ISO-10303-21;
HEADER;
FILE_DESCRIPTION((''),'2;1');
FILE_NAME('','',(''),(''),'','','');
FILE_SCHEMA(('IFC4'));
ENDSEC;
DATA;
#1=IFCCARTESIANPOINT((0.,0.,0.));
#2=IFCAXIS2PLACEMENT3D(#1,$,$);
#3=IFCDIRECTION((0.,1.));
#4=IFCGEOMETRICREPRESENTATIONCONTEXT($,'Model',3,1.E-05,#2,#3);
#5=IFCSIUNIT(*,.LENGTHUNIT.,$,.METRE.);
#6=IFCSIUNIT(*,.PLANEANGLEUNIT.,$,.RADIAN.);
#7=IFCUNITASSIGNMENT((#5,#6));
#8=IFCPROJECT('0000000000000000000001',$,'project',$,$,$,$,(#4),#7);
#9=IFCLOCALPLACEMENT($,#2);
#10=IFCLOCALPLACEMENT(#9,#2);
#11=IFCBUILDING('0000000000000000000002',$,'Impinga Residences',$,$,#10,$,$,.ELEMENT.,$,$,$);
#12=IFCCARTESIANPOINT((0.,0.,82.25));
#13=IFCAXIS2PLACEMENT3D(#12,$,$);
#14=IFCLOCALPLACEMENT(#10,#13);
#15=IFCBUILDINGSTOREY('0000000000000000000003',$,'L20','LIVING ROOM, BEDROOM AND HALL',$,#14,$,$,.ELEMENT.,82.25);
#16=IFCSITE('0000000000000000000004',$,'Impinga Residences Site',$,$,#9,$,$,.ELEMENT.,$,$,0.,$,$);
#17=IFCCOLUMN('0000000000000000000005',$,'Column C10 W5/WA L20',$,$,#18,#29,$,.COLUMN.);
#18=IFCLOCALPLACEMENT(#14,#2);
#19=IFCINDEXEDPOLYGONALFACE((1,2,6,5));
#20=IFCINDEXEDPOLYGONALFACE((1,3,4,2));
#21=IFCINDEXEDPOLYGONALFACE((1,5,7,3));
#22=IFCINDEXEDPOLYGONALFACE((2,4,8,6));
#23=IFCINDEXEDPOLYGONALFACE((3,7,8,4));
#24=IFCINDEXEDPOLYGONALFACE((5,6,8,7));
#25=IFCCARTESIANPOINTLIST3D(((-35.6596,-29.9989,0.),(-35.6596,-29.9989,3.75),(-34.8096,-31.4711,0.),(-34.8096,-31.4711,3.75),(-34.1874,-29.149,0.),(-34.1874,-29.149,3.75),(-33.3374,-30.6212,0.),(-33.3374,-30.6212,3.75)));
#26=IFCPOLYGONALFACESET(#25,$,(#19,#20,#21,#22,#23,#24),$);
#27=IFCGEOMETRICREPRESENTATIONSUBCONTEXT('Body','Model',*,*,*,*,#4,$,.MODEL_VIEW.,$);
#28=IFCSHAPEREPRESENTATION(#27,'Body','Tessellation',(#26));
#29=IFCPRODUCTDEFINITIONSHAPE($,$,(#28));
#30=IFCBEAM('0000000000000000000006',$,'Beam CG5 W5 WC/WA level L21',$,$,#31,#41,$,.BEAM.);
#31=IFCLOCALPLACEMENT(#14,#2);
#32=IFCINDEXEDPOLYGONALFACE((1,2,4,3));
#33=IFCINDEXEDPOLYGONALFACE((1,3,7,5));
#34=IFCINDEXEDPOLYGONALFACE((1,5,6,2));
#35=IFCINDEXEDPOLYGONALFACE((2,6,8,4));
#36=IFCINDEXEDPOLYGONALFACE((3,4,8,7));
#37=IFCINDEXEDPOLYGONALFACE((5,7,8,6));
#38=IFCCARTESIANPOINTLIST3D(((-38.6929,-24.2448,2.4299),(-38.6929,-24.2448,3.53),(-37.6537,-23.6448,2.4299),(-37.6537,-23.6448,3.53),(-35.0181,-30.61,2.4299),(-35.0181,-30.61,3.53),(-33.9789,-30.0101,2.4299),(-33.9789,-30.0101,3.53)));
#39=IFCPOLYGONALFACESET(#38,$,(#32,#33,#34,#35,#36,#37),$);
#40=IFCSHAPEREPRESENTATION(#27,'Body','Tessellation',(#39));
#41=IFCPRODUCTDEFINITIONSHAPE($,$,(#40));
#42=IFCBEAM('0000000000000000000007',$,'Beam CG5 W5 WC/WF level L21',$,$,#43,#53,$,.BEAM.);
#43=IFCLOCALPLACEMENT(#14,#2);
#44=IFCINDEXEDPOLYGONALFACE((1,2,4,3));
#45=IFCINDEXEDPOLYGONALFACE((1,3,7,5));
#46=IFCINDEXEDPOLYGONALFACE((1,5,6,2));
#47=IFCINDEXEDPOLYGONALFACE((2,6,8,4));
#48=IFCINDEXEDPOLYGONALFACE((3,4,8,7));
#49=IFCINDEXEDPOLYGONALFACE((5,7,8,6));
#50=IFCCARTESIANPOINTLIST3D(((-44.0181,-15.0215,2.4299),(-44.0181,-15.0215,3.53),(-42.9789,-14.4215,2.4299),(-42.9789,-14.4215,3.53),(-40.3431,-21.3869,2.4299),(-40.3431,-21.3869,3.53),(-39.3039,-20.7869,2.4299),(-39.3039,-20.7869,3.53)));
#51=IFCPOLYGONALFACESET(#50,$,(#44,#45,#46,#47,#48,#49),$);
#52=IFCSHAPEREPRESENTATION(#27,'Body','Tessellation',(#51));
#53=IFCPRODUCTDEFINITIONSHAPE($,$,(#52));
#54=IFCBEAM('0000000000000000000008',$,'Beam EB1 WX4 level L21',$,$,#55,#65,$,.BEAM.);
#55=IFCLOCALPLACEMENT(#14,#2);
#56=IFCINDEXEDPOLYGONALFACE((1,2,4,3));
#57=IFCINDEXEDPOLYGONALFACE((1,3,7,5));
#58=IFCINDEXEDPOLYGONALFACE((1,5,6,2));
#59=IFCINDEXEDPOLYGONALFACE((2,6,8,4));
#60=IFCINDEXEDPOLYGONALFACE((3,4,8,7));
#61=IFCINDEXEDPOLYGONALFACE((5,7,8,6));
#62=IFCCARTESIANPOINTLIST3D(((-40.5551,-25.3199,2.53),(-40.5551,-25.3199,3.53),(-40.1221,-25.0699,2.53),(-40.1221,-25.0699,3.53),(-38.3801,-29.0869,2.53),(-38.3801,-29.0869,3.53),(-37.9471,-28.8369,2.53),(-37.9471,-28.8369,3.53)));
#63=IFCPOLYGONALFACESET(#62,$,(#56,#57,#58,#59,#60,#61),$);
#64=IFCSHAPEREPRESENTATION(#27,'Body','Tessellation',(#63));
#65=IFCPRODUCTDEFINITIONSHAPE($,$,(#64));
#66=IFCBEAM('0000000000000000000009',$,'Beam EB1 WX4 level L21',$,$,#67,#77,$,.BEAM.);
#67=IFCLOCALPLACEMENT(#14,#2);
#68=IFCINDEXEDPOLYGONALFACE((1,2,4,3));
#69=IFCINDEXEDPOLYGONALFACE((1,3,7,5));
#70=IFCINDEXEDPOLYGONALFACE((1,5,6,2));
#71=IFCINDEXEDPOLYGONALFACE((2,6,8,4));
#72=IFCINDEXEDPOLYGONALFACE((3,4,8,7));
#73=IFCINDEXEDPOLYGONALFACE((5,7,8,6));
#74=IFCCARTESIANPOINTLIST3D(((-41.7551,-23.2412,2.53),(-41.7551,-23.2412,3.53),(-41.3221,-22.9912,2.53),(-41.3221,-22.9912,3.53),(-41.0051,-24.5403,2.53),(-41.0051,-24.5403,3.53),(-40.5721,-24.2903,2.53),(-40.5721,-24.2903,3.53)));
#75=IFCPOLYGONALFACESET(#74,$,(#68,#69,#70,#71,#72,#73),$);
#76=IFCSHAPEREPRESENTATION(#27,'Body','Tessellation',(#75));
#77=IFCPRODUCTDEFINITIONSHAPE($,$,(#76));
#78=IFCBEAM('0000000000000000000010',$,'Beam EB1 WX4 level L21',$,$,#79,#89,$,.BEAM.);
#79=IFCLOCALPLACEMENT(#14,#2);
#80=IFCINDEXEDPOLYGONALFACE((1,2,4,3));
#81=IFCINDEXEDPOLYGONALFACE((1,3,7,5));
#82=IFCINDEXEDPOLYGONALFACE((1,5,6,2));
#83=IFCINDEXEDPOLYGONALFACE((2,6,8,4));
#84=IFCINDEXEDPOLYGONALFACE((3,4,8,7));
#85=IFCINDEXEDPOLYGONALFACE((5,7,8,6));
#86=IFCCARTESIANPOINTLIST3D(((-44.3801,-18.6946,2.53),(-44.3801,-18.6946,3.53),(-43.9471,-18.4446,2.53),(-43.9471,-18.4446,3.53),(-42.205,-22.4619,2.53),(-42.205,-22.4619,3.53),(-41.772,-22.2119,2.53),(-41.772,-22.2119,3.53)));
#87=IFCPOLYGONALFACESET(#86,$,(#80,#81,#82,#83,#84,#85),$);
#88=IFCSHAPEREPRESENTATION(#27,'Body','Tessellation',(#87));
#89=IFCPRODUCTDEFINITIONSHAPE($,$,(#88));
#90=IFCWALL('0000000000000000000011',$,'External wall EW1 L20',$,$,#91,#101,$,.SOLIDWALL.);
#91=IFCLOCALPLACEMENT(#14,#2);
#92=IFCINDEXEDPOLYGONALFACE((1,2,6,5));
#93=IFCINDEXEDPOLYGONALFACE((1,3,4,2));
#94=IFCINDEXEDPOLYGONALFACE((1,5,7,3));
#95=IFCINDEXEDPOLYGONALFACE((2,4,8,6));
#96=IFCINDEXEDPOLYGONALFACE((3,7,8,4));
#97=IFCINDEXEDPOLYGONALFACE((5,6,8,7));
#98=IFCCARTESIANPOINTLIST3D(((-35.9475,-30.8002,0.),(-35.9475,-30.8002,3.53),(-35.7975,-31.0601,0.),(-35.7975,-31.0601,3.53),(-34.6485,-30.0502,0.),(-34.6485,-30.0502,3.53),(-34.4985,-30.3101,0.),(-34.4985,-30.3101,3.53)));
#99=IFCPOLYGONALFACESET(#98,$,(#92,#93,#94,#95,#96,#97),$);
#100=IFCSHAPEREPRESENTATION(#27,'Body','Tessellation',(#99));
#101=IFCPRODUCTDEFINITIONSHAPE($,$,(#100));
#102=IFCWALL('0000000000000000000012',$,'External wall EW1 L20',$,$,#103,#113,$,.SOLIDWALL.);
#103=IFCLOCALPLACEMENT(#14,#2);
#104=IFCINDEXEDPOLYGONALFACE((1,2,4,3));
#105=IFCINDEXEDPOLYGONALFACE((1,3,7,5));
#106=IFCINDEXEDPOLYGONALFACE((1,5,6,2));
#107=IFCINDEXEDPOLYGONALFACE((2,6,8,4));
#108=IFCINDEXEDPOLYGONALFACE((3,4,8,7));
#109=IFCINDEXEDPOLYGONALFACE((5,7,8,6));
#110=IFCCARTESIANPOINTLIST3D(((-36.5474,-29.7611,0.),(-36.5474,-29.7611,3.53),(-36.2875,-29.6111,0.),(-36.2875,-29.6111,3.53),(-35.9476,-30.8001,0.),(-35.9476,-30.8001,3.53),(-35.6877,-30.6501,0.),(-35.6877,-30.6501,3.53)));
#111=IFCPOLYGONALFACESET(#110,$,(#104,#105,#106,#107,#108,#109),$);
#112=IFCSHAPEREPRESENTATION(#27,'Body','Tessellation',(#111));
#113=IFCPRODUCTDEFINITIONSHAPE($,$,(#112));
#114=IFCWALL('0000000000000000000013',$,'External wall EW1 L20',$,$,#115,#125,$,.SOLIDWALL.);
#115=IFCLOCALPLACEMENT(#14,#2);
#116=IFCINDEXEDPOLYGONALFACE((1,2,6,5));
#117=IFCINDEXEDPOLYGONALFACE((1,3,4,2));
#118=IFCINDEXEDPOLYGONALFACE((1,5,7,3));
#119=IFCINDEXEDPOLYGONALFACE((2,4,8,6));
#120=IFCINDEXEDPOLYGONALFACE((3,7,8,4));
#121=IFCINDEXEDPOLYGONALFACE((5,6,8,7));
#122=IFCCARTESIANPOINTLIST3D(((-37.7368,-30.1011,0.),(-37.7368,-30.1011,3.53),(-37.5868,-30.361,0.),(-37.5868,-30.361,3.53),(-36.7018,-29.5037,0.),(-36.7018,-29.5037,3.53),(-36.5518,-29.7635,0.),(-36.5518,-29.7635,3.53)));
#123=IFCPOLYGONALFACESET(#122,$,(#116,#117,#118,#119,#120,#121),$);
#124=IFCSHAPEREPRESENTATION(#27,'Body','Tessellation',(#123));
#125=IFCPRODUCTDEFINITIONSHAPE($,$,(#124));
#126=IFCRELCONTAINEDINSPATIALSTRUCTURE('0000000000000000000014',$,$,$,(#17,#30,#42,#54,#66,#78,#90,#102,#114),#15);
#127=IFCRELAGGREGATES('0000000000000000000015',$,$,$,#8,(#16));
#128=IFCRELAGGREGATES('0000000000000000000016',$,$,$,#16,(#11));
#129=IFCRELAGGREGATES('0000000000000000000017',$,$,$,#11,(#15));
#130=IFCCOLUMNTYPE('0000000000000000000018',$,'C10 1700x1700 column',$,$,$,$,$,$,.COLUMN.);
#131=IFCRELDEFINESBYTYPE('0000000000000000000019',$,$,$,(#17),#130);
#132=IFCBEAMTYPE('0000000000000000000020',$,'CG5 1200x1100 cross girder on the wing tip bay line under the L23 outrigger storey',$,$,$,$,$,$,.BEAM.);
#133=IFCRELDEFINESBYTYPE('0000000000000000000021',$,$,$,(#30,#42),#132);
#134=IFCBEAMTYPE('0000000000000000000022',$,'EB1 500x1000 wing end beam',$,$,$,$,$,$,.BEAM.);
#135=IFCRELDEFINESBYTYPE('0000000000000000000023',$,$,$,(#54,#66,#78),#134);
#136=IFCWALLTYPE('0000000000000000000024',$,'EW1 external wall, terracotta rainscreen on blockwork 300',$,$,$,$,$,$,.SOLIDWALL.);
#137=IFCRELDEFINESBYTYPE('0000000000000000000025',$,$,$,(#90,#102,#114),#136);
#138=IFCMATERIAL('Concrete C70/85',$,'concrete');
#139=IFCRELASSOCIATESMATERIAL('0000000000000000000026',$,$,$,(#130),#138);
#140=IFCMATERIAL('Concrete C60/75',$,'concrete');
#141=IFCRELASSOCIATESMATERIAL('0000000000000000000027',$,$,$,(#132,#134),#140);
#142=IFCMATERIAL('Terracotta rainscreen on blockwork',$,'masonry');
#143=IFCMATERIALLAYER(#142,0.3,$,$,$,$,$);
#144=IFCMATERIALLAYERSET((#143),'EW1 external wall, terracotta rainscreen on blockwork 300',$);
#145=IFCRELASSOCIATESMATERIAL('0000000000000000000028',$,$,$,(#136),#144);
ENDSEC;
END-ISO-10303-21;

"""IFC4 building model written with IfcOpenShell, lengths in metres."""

from ifc_helpers import new_model, si_unit, direction, frame, frame_2d, origin, origin_2d, place, context, subcontext, project, spatial, rectangle, extrude, material, layer, layer_set, material_profile, profile_set, type_object, element, save


model = new_model("IFC4")

# Units and contexts
model_context = context("Model", 3, precision=1e-05, world=origin(), true_north=direction((0.0, 1.0)))
body_context = subcontext(model_context, "Body", "Model", "MODEL_VIEW")
ifc_project = project(units=[si_unit("LENGTHUNIT", "METRE"), si_unit("PLANEANGLEUNIT", "RADIAN")], contexts=[model_context])

# Site, building, storey
site_placement = place(None, origin())
site = spatial("IfcSite", under=ifc_project, at=site_placement, Name="Impinga Residences Site", CompositionType="ELEMENT", RefElevation=0.0)
building_placement = place(site_placement, origin())
building = spatial("IfcBuilding", under=site, at=building_placement, Name="Impinga Residences", CompositionType="ELEMENT")
storey_placement = place(building_placement, frame((0.0, 0.0, 82.25)))
storey = spatial("IfcBuildingStorey", under=building, at=storey_placement, Name="L20", Description="LIVING ROOM, BEDROOM AND HALL", CompositionType="ELEMENT", Elevation=82.25)

# Column
ifc_material_1 = material(Name="Concrete C70/85", Category="concrete")
ifc_material_profile_1 = material_profile(ifc_material_1, rectangle(XDim=1.7, YDim=1.7, at=origin_2d()), Name="RC 1700x1700")
ifc_profile_set_1 = profile_set([ifc_material_profile_1], Name="Concrete C70/85")
column_type = type_object("IfcColumnType", Name="C10 1700x1700 column", PredefinedType="COLUMN", material=ifc_profile_set_1)
column_placement = place(storey_placement, frame((-34.4985, -30.3101, 0.0), z_axis=(0.0, 0.0, 1.0), x_axis=(-0.5, 0.866025, 0.0)))
element("IfcColumn", 1, at=column_placement, inside=storey, type_object=column_type, Name="Column C10 W5/WA L20", PredefinedType="COLUMN", context=body_context, shape_type="SweptSolid", body=[
    extrude(rectangle(XDim=1.7, YDim=1.7, at=origin_2d()), origin(), (0.0, 0.0, 1.0), 3.75),
])

# Beams
ifc_material_2 = material(Name="Concrete C60/75", Category="concrete")
ifc_material_profile_2 = material_profile(ifc_material_2, rectangle(XDim=1.2, YDim=1.1001, at=origin_2d()), Name="RC 1200x1100")
ifc_profile_set_2 = profile_set([ifc_material_profile_2], Name="Concrete C60/75")
beam_type_1 = type_object("IfcBeamType", Name="CG5 1200x1100 cross girder on the wing tip bay line under the L23 outrigger storey", PredefinedType="BEAM", material=ifc_profile_set_2)
beam_1_placement = place(storey_placement, frame((-38.1733, -23.9448, 2.98), z_axis=(0.499983, -0.866035, 0.0), x_axis=(0.866035, 0.499983, 0.0)))
element("IfcBeam", 2, at=beam_1_placement, inside=storey, type_object=beam_type_1, Name="Beam CG5 W5 WC/WA level L21", PredefinedType="BEAM", context=body_context, shape_type="SweptSolid", body=[
    extrude(rectangle(XDim=1.2, YDim=1.1001, at=origin_2d()), origin(), (0.0, 0.0, 1.0), 7.3499),
])
beam_2_placement = place(storey_placement, frame((-39.8235, -21.0869, 2.98), z_axis=(-0.499994, 0.866029, 0.0), x_axis=(-0.866029, -0.499994, 0.0)))
element("IfcBeam", 3, at=beam_2_placement, inside=storey, type_object=beam_type_1, Name="Beam CG5 W5 WC/WF level L21", PredefinedType="BEAM", context=body_context, shape_type="SweptSolid", body=[
    extrude(rectangle(XDim=1.2, YDim=1.1001, at=origin_2d()), origin(), (0.0, 0.0, 1.0), 7.3501),
])
ifc_material_profile_3 = material_profile(ifc_material_2, rectangle(XDim=0.5, YDim=1.0, at=origin_2d()), Name="RC 500x1000")
ifc_profile_set_3 = profile_set([ifc_material_profile_3], Name="Concrete C60/75")
beam_type_2 = type_object("IfcBeamType", Name="EB1 500x1000 wing end beam", PredefinedType="BEAM", material=ifc_profile_set_3)
beam_3_placement = place(storey_placement, frame((-38.1636, -28.9619, 3.03), z_axis=(-0.50002, 0.866014, 0.0), x_axis=(-0.866014, -0.50002, 0.0)))
element("IfcBeam", 4, at=beam_3_placement, inside=storey, type_object=beam_type_2, Name="Beam EB1 WX4 level L21", PredefinedType="BEAM", context=body_context, shape_type="SweptSolid", body=[
    extrude(rectangle(XDim=0.5, YDim=1.0, at=origin_2d()), origin(), (0.0, 0.0, 1.0), 4.3499),
])
beam_4_placement = place(storey_placement, frame((-40.7886, -24.4153, 3.03), z_axis=(-0.49999, 0.866031, 0.0), x_axis=(-0.866031, -0.49999, 0.0)))
element("IfcBeam", 5, at=beam_4_placement, inside=storey, type_object=beam_type_2, Name="Beam EB1 WX4 level L21", PredefinedType="BEAM", context=body_context, shape_type="SweptSolid", body=[
    extrude(rectangle(XDim=0.5, YDim=1.0, at=origin_2d()), origin(), (0.0, 0.0, 1.0), 1.5),
])
beam_5_placement = place(storey_placement, frame((-41.9885, -22.3369, 3.03), z_axis=(-0.499996, 0.866028, 0.0), x_axis=(-0.866028, -0.499996, 0.0)))
element("IfcBeam", 6, at=beam_5_placement, inside=storey, type_object=beam_type_2, Name="Beam EB1 WX4 level L21", PredefinedType="BEAM", context=body_context, shape_type="SweptSolid", body=[
    extrude(rectangle(XDim=0.5, YDim=1.0, at=origin_2d()), origin(), (0.0, 0.0, 1.0), 4.3501),
])

# Walls
ifc_material_3 = material(Name="Terracotta rainscreen on blockwork", Category="masonry")
ifc_layer_1 = layer(ifc_material_3, 0.3)
ifc_layer_set_1 = layer_set([ifc_layer_1], Name="EW1 external wall, terracotta rainscreen on blockwork 300")
wall_type_1 = type_object("IfcWallType", Name="EW1 external wall, terracotta rainscreen on blockwork 300", PredefinedType="SOLIDWALL", material=ifc_layer_set_1)
wall_1_placement = place(storey_placement, frame((-34.5735, -30.1802, 0.0), z_axis=(0.0, 0.0, 1.0), x_axis=(-0.866031, -0.49999, 0.0)))
element("IfcWall", 7, at=wall_1_placement, inside=storey, type_object=wall_type_1, Name="External wall EW1 L20", PredefinedType="SOLIDWALL", context=body_context, shape_type="SweptSolid", body=[
    extrude(rectangle(XDim=1.5, YDim=0.3, at=frame_2d((0.75, 0.0))), origin(), (0.0, 0.0, 1.0), 3.53),
])
wall_2_placement = place(storey_placement, frame((-35.8176, -30.7251, 0.0), z_axis=(0.0, 0.0, 1.0), x_axis=(-0.499969, 0.866043, 0.0)))
element("IfcWall", 8, at=wall_2_placement, inside=storey, type_object=wall_type_1, Name="External wall EW1 L20", PredefinedType="SOLIDWALL", context=body_context, shape_type="SweptSolid", body=[
    extrude(rectangle(XDim=1.1997, YDim=0.3, at=frame_2d((0.5999, 0.0))), origin(), (0.0, 0.0, 1.0), 3.53),
])
wall_3_placement = place(storey_placement, frame((-36.6267, -29.6335, 0.0), z_axis=(0.0, 0.0, 1.0), x_axis=(-0.86606, -0.499941, 0.0)))
element("IfcWall", 9, at=wall_3_placement, inside=storey, type_object=wall_type_1, Name="External wall EW1 L20", PredefinedType="SOLIDWALL", context=body_context, shape_type="SweptSolid", body=[
    extrude(rectangle(XDim=1.1951, YDim=0.3, at=frame_2d((0.5977, 0.0))), origin(), (0.0, 0.0, 1.0), 3.53),
])

save(model, "model.ifc")
